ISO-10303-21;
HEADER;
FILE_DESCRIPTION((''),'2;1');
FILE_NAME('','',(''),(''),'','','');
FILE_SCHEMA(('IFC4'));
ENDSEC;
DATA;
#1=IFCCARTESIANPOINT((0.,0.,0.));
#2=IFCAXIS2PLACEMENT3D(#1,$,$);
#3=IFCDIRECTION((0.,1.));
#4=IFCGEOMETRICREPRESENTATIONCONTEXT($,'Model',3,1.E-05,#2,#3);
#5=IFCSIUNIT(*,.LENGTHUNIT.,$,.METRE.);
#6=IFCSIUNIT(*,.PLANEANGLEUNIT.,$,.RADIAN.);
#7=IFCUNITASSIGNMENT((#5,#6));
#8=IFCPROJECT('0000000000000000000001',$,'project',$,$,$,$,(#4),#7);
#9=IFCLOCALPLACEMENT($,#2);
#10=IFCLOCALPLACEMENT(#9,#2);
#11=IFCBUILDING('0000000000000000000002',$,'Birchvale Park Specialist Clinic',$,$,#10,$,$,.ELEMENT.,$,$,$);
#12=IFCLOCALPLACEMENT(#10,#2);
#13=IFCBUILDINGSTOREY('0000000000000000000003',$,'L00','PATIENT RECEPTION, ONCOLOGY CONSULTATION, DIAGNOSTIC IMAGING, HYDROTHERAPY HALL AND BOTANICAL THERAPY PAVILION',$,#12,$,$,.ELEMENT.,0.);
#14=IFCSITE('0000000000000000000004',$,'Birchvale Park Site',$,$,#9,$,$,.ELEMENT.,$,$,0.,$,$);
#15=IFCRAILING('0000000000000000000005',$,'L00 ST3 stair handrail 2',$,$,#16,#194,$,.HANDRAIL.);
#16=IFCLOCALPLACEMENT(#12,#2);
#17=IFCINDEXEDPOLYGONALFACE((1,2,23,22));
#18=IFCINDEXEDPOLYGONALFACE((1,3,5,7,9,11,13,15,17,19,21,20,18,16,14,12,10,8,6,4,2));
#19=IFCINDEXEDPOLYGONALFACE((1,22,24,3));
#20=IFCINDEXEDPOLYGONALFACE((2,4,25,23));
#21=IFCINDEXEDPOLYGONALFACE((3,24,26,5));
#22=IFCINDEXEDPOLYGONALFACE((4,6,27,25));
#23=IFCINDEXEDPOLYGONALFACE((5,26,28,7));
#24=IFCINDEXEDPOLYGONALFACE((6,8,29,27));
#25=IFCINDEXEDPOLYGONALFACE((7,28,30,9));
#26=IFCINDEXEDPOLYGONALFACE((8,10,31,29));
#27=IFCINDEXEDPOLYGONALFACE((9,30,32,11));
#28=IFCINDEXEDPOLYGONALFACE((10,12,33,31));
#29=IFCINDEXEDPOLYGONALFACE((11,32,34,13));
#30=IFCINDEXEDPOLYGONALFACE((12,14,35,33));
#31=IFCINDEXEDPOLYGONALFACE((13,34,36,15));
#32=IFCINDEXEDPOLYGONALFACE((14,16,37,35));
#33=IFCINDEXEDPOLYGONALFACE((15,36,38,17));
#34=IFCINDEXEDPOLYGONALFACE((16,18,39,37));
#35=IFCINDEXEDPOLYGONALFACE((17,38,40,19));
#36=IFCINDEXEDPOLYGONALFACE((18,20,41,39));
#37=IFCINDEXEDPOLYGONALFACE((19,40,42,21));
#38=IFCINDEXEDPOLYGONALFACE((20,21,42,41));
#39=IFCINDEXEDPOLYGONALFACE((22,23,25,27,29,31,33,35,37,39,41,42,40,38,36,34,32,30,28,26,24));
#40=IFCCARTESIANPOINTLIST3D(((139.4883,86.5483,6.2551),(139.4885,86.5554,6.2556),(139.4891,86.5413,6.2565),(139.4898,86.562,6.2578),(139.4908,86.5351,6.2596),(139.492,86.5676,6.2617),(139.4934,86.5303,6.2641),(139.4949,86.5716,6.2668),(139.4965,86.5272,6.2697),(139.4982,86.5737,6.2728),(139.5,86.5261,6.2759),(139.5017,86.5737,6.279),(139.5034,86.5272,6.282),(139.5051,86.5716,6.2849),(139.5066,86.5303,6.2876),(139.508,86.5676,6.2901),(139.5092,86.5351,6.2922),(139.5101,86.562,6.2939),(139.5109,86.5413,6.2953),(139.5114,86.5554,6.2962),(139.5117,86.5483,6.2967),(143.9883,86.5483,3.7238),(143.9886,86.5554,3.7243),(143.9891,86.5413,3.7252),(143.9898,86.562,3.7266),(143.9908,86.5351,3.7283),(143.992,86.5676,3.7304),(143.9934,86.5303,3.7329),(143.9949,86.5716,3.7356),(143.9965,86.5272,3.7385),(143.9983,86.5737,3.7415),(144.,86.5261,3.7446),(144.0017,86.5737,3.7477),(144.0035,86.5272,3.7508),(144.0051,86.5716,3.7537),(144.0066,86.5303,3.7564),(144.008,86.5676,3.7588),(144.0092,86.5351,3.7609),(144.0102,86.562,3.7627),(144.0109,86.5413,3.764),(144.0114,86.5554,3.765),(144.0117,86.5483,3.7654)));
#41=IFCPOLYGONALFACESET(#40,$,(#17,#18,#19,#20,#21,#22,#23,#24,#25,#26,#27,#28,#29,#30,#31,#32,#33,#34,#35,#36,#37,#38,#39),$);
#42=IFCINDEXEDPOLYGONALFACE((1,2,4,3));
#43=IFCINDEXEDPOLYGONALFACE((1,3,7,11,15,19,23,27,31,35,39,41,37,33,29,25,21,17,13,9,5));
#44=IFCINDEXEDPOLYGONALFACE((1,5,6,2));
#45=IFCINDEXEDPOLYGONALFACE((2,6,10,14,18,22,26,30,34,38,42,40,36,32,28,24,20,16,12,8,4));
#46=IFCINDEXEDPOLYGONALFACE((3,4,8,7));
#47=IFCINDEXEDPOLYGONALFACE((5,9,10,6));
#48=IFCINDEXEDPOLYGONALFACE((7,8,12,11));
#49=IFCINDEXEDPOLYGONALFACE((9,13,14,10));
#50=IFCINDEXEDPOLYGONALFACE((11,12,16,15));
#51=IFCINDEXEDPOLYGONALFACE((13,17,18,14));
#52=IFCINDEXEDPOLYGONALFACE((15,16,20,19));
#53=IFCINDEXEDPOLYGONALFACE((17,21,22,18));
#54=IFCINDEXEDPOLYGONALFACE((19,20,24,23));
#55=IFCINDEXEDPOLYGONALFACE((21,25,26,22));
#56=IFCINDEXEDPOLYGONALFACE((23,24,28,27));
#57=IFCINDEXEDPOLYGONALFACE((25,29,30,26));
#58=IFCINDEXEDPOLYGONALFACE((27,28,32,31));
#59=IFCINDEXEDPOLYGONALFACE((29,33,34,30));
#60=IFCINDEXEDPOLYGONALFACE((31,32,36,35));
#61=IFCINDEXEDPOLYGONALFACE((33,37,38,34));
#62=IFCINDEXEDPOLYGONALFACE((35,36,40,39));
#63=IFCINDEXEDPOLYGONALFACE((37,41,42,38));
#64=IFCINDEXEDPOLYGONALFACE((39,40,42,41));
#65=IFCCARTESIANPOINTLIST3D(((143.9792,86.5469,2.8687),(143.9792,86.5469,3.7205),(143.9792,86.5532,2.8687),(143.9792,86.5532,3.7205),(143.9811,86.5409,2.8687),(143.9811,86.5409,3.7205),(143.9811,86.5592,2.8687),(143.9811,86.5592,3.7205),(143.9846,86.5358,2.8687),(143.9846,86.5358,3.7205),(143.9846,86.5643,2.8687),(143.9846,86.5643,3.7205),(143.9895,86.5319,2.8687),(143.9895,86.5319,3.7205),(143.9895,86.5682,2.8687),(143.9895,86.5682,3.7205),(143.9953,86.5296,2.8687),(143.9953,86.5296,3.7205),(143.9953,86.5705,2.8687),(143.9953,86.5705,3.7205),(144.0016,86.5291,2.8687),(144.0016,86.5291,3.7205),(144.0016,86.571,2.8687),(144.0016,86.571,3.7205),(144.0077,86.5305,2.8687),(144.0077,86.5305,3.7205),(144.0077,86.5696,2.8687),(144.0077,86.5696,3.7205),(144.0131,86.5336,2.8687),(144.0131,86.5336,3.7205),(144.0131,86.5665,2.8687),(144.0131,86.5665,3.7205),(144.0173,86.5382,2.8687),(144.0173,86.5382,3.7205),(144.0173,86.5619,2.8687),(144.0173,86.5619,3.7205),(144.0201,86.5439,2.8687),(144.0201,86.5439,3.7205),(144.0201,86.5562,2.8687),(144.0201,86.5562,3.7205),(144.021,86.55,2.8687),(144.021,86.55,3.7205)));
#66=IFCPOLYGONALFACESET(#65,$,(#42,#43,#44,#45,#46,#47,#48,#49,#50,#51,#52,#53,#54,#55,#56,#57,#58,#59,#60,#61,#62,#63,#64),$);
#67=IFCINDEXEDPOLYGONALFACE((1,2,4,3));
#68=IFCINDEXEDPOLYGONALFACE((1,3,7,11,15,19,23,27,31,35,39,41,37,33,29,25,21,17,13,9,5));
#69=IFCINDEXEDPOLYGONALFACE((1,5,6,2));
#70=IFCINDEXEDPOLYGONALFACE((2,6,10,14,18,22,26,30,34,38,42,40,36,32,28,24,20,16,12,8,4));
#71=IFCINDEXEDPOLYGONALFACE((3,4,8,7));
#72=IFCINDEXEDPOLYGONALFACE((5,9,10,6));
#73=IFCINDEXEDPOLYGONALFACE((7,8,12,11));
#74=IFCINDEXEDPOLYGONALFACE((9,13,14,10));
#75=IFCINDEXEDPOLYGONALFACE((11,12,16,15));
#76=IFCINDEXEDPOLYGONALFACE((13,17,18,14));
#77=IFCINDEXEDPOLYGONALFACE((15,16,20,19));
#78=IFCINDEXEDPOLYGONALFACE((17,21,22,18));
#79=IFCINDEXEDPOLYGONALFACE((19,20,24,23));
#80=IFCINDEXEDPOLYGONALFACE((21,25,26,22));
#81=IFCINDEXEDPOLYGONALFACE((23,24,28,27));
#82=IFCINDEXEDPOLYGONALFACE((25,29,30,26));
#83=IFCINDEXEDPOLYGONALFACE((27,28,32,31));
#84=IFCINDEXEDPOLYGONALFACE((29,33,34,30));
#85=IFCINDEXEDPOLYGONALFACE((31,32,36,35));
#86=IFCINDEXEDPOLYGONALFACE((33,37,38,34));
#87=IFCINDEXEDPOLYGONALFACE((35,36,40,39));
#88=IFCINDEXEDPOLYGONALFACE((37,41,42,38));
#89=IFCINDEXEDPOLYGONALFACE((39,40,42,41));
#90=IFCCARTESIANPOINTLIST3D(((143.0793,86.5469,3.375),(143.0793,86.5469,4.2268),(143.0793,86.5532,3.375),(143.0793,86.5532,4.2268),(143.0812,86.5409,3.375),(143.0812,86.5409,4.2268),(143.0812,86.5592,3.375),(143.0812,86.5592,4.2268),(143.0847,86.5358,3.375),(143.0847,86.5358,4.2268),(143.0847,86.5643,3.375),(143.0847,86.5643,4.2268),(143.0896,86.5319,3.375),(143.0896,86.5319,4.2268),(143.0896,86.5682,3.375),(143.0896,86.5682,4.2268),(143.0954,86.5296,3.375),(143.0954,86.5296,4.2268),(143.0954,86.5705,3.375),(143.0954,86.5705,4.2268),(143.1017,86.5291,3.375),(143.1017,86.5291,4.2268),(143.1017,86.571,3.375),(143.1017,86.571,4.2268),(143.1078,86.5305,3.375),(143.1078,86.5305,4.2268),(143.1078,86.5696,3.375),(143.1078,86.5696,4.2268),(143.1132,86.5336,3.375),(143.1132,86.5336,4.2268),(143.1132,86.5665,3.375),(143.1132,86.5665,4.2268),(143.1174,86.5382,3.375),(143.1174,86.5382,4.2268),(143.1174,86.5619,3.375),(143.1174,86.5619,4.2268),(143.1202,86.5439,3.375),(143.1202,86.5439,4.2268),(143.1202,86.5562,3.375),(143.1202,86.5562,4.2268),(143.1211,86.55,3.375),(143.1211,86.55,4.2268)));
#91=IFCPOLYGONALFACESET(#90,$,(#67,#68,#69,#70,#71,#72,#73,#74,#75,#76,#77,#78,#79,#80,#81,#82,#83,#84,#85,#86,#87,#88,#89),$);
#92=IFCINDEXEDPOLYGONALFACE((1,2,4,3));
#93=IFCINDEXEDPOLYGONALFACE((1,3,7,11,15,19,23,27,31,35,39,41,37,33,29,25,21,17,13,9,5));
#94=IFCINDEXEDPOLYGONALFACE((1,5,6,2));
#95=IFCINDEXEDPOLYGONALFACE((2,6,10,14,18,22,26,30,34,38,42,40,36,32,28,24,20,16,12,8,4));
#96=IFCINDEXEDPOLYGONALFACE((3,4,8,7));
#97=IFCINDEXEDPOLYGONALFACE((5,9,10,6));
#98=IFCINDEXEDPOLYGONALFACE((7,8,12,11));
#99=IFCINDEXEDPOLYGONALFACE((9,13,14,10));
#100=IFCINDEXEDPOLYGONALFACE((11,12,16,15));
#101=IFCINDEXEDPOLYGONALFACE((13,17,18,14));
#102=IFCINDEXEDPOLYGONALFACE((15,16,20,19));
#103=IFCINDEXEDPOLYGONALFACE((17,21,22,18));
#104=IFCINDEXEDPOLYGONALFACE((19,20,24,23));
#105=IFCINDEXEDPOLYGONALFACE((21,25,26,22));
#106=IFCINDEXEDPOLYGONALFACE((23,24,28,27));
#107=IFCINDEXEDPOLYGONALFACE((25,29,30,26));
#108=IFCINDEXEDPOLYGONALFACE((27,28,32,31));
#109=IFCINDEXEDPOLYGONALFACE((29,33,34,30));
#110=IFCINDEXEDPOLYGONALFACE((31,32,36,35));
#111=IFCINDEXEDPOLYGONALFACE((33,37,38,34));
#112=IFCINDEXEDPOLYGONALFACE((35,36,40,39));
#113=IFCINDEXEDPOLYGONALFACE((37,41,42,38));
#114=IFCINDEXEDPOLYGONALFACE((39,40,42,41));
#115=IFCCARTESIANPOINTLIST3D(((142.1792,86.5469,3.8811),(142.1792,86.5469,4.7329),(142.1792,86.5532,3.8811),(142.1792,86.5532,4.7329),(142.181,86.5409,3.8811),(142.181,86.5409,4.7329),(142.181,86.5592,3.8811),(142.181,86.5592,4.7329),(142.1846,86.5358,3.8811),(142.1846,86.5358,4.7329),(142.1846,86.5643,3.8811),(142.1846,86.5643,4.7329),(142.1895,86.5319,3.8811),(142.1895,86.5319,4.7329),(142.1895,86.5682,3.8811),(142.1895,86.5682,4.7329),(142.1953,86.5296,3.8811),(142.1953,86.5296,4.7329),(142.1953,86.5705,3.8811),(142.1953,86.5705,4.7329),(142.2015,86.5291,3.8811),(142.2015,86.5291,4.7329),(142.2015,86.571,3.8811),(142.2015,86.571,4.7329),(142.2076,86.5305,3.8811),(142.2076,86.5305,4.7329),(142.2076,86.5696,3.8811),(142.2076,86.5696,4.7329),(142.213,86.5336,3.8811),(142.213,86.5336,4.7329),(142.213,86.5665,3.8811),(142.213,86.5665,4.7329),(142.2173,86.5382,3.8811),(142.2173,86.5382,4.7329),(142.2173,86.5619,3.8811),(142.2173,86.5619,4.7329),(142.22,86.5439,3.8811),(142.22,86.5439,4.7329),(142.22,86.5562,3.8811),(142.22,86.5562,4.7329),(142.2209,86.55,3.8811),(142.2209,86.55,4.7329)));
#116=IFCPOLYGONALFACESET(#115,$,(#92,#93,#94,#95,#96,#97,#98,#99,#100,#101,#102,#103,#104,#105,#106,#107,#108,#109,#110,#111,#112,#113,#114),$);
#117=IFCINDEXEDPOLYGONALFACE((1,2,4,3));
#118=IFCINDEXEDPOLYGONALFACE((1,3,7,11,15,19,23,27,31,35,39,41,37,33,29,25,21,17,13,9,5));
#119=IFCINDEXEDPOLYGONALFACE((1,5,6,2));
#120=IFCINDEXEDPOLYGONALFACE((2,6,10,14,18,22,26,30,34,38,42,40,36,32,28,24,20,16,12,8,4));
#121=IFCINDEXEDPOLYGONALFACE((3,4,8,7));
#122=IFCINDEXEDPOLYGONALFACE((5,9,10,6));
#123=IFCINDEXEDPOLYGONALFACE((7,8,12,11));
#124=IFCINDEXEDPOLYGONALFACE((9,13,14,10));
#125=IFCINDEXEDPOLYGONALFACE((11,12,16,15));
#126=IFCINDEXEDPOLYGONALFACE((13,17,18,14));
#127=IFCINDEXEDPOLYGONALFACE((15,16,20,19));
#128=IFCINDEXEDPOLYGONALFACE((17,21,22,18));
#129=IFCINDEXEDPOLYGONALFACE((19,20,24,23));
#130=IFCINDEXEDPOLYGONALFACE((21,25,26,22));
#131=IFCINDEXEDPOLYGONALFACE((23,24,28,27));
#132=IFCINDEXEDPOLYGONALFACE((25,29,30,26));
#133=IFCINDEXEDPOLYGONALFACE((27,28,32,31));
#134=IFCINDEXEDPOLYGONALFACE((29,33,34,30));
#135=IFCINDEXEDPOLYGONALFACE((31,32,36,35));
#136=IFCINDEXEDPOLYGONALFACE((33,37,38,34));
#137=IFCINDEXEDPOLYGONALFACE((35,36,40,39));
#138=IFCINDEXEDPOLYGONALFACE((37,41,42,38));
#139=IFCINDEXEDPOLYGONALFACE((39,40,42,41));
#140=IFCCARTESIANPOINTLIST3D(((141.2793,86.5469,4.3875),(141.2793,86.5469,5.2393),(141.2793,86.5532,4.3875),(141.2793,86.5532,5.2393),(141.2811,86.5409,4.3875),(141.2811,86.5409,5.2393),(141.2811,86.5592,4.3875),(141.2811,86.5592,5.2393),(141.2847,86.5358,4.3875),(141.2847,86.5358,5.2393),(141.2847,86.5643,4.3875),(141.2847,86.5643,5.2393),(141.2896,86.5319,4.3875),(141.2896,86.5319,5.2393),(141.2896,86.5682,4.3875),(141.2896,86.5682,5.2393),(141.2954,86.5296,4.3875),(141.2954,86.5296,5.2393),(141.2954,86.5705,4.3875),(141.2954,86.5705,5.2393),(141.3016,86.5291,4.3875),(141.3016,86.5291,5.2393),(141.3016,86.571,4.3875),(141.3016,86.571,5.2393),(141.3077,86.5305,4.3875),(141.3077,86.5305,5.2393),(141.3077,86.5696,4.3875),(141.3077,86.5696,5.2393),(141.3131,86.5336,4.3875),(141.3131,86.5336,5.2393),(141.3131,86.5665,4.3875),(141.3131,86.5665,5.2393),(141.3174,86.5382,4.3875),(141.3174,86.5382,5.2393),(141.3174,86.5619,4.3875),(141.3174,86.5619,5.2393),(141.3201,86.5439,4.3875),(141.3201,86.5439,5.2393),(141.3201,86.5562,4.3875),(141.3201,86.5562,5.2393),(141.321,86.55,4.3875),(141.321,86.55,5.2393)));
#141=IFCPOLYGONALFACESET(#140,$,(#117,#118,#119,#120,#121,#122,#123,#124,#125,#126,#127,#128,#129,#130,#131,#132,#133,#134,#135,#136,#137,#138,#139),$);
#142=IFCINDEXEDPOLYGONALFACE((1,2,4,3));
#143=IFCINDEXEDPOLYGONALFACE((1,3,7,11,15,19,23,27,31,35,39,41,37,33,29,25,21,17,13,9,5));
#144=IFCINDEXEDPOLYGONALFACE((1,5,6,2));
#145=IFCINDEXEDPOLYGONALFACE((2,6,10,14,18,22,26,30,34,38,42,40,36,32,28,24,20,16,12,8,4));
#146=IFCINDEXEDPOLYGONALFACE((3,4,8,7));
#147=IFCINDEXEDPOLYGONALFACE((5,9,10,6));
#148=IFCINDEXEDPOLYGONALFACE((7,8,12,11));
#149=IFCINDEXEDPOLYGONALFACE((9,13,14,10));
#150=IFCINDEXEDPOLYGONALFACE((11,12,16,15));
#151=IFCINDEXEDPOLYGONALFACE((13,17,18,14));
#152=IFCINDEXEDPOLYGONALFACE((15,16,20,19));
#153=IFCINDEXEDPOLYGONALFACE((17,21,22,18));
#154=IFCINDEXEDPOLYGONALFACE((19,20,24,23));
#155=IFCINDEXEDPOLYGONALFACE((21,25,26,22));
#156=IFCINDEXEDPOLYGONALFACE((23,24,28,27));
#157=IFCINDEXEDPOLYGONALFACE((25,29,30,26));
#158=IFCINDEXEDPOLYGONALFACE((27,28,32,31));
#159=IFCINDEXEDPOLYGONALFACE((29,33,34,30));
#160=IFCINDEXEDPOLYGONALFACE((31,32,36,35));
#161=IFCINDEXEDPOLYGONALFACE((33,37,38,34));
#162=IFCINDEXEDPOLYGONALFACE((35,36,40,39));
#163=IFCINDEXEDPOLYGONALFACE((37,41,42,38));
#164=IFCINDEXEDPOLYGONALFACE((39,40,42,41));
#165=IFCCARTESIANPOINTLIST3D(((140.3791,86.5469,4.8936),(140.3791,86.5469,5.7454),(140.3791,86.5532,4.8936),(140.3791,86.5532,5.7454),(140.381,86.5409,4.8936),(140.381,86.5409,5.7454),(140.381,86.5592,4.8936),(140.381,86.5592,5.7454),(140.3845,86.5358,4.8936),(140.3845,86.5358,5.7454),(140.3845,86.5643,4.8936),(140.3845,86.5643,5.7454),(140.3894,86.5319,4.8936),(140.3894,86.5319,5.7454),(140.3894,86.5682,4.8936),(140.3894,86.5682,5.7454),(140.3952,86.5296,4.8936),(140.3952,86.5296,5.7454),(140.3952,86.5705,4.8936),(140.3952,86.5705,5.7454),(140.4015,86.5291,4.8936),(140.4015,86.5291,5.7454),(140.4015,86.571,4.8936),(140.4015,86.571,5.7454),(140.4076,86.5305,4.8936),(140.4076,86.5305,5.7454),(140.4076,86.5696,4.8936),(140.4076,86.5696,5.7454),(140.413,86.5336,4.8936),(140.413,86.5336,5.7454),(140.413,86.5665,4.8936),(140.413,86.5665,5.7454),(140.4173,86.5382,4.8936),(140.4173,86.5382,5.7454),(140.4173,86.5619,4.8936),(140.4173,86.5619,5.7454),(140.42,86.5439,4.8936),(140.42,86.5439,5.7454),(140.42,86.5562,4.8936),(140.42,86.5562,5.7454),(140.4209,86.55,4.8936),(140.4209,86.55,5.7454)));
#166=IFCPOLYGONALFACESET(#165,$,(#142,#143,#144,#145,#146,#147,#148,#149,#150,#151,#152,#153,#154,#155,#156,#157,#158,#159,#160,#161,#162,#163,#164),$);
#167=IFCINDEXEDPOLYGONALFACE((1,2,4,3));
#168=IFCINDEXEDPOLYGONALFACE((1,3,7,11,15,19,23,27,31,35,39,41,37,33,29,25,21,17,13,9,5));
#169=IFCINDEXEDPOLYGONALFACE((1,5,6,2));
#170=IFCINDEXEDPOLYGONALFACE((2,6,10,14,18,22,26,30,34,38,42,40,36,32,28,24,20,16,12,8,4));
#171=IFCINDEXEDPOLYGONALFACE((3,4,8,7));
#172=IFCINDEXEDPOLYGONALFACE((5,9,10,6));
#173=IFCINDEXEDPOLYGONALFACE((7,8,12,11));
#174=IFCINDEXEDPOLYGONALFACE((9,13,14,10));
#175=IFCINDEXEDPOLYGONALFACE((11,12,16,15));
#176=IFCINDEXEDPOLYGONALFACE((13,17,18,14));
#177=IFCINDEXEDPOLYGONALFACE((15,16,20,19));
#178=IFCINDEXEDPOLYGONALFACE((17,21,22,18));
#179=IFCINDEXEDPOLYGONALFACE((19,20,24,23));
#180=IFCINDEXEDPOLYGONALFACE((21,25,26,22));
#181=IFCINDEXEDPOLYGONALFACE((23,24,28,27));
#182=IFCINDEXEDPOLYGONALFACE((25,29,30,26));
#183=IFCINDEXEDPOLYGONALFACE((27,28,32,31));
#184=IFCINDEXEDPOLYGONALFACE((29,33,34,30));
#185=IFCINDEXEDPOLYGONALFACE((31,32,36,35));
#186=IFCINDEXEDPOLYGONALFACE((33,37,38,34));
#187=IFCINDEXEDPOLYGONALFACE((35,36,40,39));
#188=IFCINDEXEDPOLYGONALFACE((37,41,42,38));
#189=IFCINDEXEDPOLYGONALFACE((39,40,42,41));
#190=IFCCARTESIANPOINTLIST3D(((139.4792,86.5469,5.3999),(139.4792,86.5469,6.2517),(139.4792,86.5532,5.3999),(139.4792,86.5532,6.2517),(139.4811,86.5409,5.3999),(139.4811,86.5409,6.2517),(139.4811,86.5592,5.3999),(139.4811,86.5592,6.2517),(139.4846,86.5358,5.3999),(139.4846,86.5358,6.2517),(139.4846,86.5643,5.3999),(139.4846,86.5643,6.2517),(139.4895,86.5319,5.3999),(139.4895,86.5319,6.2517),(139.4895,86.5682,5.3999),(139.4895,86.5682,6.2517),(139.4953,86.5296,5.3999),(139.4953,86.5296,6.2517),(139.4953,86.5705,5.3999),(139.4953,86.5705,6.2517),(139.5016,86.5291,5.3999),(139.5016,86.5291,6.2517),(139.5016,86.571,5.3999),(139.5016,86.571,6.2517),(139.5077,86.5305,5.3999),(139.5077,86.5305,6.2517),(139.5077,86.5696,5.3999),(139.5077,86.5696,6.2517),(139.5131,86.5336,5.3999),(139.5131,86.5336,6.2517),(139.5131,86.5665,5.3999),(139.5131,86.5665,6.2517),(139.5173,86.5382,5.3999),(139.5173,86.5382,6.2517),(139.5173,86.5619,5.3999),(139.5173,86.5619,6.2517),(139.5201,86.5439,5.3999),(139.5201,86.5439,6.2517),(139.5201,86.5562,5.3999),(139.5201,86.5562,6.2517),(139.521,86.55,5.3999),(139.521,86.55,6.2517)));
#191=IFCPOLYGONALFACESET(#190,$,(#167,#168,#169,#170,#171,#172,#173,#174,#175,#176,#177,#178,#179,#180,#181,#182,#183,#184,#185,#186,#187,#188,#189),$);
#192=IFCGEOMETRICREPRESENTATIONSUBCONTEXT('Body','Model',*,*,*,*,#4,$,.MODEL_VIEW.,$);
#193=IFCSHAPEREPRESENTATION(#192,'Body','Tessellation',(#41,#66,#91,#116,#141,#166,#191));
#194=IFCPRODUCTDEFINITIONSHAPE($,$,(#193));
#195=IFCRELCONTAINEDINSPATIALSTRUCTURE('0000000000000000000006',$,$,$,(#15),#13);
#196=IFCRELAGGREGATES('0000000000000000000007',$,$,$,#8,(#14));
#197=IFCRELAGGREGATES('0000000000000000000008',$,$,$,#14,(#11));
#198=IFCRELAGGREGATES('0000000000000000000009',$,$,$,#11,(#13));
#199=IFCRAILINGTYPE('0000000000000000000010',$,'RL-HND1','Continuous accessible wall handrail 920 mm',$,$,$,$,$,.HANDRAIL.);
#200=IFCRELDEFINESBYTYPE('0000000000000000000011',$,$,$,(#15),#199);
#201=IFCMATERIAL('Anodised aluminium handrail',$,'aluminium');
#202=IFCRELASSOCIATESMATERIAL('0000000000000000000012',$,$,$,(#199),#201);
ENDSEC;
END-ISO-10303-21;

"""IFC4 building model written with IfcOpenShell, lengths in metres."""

from ifc_helpers import new_model, si_unit, direction, frame, origin, origin_2d, place, context, subcontext, project, spatial, circle, extrude, material, type_object, element, save


model = new_model("IFC4")

# Units and contexts
model_context = context("Model", 3, precision=1e-05, world=origin(), true_north=direction((0.0, 1.0)))
body_context = subcontext(model_context, "Body", "Model", "MODEL_VIEW")
ifc_project = project(units=[si_unit("LENGTHUNIT", "METRE"), si_unit("PLANEANGLEUNIT", "RADIAN")], contexts=[model_context])

# Site, building, storey
site_placement = place(None, origin())
site = spatial("IfcSite", under=ifc_project, at=site_placement, Name="Birchvale Park Site", CompositionType="ELEMENT", RefElevation=0.0)
building_placement = place(site_placement, origin())
building = spatial("IfcBuilding", under=site, at=building_placement, Name="Birchvale Park Specialist Clinic", CompositionType="ELEMENT")
storey_placement = place(building_placement, origin())
storey = spatial("IfcBuildingStorey", under=building, at=storey_placement, Name="L00", Description="PATIENT RECEPTION, ONCOLOGY CONSULTATION, DIAGNOSTIC IMAGING, HYDROTHERAPY HALL AND BOTANICAL THERAPY PAVILION", CompositionType="ELEMENT", Elevation=0.0)

# Railing
ifc_material_1 = material(Name="Anodised aluminium handrail", Category="aluminium")
railing_type_1 = type_object("IfcRailingType", Name="RL-HND1", Description="Continuous accessible wall handrail 920 mm", PredefinedType="HANDRAIL", material=ifc_material_1)
railing_1_placement = place(storey_placement, frame((144.0, 86.55, 2.8687)))
element("IfcRailing", 1, at=railing_1_placement, inside=storey, type_object=railing_type_1, Name="L00 ST3 stair handrail 2", PredefinedType="HANDRAIL", context=body_context, shape_type="SweptSolid", body=[
    extrude(circle(Radius=0.0239, at=origin_2d()), frame((0.0, 0.0, 0.876), z_axis=(-0.871576, 0.0, 0.490261), x_axis=(0.0, -1.0, 0.0)), (0.0, 0.0, 1.0), 5.1631),
    extrude(circle(Radius=0.021, at=origin_2d()), origin(), (0.0, 0.0, 1.0), 0.8518),
    extrude(circle(Radius=0.021, at=origin_2d()), frame((-0.8999, 0.0, 0.5063)), (0.0, 0.0, 1.0), 0.8518),
    extrude(circle(Radius=0.021, at=origin_2d()), frame((-1.8, 0.0, 1.0125)), (0.0, 0.0, 1.0), 0.8518),
    extrude(circle(Radius=0.021, at=origin_2d()), frame((-2.7, 0.0, 1.5188)), (0.0, 0.0, 1.0), 0.8518),
    extrude(circle(Radius=0.021, at=origin_2d()), frame((-3.6001, 0.0, 2.0249)), (0.0, 0.0, 1.0), 0.8518),
    extrude(circle(Radius=0.021, at=origin_2d()), frame((-4.5, 0.0, 2.5312)), (0.0, 0.0, 1.0), 0.8518),
])

save(model, "model.ifc")
